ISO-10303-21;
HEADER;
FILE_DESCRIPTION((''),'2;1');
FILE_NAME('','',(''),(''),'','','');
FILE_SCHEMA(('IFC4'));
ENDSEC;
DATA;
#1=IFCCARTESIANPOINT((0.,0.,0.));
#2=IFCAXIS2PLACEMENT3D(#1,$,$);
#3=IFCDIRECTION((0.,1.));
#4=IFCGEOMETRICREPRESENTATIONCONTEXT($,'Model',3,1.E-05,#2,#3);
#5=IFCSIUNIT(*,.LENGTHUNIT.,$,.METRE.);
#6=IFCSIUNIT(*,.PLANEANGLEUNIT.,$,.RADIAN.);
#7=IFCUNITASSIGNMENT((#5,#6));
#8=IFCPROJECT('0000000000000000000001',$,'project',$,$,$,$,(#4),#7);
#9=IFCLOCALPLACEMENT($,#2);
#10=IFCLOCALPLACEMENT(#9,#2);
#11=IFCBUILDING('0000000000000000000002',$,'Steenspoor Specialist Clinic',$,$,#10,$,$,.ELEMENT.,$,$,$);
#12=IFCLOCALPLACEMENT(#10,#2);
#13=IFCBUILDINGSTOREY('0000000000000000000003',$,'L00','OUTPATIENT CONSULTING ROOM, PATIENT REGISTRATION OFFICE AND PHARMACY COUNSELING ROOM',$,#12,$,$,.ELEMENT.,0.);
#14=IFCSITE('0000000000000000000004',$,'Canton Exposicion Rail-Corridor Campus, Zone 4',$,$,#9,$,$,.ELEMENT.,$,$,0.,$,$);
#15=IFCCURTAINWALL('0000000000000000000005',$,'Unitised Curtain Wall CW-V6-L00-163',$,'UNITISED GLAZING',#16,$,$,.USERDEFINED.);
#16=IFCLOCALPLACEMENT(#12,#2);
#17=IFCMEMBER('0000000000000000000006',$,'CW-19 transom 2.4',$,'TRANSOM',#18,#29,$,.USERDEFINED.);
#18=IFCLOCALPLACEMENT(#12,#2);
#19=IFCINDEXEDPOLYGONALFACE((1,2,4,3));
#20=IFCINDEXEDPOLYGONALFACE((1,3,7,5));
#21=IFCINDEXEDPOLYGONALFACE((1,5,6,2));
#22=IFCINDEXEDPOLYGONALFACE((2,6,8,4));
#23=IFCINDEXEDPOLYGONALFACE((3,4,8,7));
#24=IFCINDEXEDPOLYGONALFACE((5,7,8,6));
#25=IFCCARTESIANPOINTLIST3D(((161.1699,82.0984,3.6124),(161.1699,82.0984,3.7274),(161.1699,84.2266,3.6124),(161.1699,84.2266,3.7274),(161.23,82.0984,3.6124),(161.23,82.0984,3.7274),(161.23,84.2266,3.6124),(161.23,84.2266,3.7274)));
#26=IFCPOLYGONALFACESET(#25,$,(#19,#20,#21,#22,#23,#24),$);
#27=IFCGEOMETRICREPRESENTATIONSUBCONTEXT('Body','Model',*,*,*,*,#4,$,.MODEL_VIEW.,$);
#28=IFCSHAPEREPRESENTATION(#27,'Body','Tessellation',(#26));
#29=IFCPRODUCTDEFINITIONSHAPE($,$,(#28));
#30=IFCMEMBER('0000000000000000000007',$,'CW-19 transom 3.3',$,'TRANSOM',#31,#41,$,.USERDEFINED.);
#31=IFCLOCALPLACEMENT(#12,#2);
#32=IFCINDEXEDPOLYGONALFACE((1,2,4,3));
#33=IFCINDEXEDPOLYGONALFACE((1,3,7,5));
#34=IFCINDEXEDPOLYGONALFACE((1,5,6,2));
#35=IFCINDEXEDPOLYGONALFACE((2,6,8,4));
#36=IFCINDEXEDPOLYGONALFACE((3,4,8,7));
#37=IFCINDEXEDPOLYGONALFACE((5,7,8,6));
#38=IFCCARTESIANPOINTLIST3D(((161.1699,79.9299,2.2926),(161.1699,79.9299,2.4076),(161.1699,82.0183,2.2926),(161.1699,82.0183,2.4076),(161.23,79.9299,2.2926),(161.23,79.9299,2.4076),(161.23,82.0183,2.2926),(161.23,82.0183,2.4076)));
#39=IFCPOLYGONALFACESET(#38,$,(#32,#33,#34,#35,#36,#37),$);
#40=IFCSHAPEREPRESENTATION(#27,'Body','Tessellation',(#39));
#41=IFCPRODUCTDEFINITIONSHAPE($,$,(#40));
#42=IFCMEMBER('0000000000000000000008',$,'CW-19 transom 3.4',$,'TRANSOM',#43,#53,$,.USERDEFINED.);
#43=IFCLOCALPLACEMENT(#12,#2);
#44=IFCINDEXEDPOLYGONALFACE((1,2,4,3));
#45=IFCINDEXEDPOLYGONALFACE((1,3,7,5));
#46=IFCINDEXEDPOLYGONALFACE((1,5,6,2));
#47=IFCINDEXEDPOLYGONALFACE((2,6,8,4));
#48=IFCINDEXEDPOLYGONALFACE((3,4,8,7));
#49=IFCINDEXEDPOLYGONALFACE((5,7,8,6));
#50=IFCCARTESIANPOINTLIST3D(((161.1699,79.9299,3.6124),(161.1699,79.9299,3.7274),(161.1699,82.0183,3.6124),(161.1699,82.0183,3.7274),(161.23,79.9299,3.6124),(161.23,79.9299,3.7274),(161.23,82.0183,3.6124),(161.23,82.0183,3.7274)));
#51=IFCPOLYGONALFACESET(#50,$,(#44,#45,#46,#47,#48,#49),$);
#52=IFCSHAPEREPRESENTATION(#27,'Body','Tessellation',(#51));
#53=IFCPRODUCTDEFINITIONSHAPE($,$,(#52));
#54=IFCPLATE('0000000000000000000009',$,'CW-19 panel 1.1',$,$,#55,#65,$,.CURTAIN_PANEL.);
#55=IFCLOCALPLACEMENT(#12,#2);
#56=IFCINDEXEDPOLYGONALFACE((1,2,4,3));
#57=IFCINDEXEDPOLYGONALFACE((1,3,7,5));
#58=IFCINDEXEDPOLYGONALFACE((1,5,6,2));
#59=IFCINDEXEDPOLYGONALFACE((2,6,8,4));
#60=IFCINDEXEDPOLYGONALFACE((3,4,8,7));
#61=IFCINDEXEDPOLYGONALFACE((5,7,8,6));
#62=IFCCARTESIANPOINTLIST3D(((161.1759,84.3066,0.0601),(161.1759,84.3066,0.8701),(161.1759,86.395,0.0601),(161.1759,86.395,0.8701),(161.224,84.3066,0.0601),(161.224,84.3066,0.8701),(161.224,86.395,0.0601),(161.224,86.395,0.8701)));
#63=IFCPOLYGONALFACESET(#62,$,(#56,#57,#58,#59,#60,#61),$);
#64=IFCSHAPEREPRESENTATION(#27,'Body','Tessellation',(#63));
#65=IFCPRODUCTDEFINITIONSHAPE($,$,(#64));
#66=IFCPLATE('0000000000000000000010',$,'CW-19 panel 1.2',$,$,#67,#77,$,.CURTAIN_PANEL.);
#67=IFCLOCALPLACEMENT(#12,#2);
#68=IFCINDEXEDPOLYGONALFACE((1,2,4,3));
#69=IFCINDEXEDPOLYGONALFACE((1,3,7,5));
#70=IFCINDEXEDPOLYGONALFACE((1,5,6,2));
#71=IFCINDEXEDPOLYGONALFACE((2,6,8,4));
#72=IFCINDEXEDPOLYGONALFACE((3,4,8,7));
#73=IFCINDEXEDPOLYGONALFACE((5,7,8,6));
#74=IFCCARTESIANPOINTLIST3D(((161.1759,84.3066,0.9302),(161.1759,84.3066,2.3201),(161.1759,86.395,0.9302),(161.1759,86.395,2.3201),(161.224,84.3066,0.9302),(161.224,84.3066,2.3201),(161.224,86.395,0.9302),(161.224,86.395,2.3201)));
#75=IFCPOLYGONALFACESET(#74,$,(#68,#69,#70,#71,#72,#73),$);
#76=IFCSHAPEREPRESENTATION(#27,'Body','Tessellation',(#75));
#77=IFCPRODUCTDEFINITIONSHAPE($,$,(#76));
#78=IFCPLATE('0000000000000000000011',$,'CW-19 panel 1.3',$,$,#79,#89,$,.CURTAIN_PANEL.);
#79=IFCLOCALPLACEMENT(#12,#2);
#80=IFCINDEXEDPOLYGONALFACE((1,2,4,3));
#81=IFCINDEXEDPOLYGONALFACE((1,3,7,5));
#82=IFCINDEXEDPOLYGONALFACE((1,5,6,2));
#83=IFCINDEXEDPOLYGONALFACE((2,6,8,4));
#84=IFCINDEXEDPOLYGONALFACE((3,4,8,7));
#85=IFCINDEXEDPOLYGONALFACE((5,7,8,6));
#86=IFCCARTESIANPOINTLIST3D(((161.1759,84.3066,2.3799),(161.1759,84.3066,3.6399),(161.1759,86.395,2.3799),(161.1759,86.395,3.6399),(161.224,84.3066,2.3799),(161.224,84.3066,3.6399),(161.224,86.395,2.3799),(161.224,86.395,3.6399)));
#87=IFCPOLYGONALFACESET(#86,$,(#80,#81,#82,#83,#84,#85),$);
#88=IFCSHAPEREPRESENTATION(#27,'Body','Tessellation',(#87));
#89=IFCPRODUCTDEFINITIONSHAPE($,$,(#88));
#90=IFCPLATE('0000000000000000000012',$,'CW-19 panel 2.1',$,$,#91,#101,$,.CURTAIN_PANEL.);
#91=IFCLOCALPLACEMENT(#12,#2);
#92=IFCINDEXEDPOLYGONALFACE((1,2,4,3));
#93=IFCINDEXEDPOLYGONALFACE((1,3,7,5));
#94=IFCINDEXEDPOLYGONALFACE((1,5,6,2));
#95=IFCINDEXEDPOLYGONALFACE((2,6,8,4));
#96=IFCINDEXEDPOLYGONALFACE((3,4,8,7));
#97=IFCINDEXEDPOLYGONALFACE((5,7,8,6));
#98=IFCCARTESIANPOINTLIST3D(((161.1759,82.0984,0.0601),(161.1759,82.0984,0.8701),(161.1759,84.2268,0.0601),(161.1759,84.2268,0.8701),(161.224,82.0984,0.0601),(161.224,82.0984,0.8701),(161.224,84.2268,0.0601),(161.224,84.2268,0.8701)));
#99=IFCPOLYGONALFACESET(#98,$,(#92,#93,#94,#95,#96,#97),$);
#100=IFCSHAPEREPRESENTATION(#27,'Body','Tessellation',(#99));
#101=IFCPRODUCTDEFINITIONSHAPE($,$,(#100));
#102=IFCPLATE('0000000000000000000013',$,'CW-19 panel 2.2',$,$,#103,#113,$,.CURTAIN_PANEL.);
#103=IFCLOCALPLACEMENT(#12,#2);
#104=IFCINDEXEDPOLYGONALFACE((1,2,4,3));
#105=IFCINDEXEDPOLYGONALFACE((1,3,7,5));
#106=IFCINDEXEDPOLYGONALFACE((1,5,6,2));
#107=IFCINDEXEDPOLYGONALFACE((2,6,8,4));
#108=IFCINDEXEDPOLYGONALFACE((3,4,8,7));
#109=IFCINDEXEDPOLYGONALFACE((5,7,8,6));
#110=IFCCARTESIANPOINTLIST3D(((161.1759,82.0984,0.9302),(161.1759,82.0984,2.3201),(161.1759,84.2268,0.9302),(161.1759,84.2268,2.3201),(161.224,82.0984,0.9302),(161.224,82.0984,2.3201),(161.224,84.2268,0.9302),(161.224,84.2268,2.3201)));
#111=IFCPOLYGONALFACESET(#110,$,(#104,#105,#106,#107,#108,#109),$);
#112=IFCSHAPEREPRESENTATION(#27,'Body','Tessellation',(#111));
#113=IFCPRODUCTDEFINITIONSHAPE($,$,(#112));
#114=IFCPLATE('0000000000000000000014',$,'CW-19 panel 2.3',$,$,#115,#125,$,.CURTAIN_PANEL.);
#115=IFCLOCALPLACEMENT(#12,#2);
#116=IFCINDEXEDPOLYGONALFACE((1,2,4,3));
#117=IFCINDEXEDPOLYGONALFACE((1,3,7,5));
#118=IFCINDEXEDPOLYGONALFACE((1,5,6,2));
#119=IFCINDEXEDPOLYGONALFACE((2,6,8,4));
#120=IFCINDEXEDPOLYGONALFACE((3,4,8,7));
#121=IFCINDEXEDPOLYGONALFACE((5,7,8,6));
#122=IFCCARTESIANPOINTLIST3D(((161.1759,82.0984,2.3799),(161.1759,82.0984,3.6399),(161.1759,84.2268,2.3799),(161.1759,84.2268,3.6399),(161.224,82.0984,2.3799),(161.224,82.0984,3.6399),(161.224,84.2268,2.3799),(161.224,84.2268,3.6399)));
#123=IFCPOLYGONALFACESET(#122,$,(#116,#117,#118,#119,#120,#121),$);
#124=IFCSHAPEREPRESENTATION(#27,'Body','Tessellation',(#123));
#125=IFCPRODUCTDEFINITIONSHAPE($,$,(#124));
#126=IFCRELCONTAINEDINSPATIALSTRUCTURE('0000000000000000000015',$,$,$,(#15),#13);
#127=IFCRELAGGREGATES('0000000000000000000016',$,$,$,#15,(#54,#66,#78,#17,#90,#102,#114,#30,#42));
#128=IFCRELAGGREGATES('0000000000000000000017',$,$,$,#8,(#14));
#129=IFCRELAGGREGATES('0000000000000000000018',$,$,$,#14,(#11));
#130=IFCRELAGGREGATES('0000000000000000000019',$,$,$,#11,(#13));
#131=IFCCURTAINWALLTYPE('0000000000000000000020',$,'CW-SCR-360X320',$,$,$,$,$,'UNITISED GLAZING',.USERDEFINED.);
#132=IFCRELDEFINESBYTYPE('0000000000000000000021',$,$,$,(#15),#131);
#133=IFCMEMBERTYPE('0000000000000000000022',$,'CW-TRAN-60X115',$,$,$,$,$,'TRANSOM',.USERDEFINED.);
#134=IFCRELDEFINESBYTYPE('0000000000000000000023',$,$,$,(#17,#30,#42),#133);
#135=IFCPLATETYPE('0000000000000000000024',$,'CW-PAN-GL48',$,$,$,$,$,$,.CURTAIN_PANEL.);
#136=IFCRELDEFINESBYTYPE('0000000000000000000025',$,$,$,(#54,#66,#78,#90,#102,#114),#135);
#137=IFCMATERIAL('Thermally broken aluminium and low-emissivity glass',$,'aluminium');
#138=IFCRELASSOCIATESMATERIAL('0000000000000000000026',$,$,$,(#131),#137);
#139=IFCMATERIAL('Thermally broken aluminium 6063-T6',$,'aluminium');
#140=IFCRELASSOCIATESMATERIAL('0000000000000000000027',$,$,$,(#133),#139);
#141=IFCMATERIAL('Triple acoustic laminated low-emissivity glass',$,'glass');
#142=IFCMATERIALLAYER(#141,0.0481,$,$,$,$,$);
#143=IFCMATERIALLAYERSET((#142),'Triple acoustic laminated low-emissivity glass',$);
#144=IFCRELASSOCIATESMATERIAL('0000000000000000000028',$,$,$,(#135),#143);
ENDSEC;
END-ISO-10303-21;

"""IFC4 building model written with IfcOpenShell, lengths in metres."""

from ifc_helpers import new_model, si_unit, direction, frame, origin, origin_2d, place, context, subcontext, project, spatial, rectangle, extrude, material, layer, layer_set, material_profile, profile_set, type_object, element, aggregate, save


model = new_model("IFC4")

# Units and contexts
model_context = context("Model", 3, precision=1e-05, world=origin(), true_north=direction((0.0, 1.0)))
body_context = subcontext(model_context, "Body", "Model", "MODEL_VIEW")
ifc_project = project(units=[si_unit("LENGTHUNIT", "METRE"), si_unit("PLANEANGLEUNIT", "RADIAN")], contexts=[model_context])

# Site, building, storey
site_placement = place(None, origin())
site = spatial("IfcSite", under=ifc_project, at=site_placement, Name="Canton Exposicion Rail-Corridor Campus, Zone 4", CompositionType="ELEMENT", RefElevation=0.0)
building_placement = place(site_placement, origin())
building = spatial("IfcBuilding", under=site, at=building_placement, Name="Steenspoor Specialist Clinic", CompositionType="ELEMENT")
storey_placement = place(building_placement, origin())
storey = spatial("IfcBuildingStorey", under=building, at=storey_placement, Name="L00", Description="OUTPATIENT CONSULTING ROOM, PATIENT REGISTRATION OFFICE AND PHARMACY COUNSELING ROOM", CompositionType="ELEMENT", Elevation=0.0)

# Curtain wall, members, plates
ifc_material_1 = material(Name="Thermally broken aluminium and low-emissivity glass", Category="aluminium")
curtain_wall_type = type_object("IfcCurtainWallType", Name="CW-SCR-360X320", ElementType="UNITISED GLAZING", PredefinedType="USERDEFINED", material=ifc_material_1)
curtain_wall_placement = place(storey_placement, origin())
curtain_wall = element("IfcCurtainWall", 1, at=curtain_wall_placement, inside=storey, type_object=curtain_wall_type, Name="Unitised Curtain Wall CW-V6-L00-163", ObjectType="UNITISED GLAZING", PredefinedType="USERDEFINED")
ifc_material_2 = material(Name="Thermally broken aluminium 6063-T6", Category="aluminium")
ifc_material_profile_1 = material_profile(ifc_material_2, rectangle(XDim=0.0601, YDim=0.115, at=origin_2d()), Name="CWT-60X115")
ifc_profile_set_1 = profile_set([ifc_material_profile_1], Name="Thermally broken aluminium 6063-T6")
member_type_1 = type_object("IfcMemberType", Name="CW-TRAN-60X115", ElementType="TRANSOM", PredefinedType="USERDEFINED", material=ifc_profile_set_1)
member_1_placement = place(storey_placement, frame((161.2, 84.2266, 3.6699), z_axis=(0.0, -1.0, 0.0), x_axis=(1.0, 0.0, 0.0)))
member_1 = element("IfcMember", 2, at=member_1_placement, type_object=member_type_1, Name="CW-19 transom 2.4", ObjectType="TRANSOM", PredefinedType="USERDEFINED", context=body_context, shape_type="SweptSolid", body=[
    extrude(rectangle(XDim=0.0601, YDim=0.115, at=origin_2d()), origin(), (0.0, 0.0, 1.0), 2.1282),
])
member_2_placement = place(storey_placement, frame((161.2, 82.0183, 2.3501), z_axis=(0.0, -1.0, 0.0), x_axis=(1.0, 0.0, 0.0)))
member_2 = element("IfcMember", 3, at=member_2_placement, type_object=member_type_1, Name="CW-19 transom 3.3", ObjectType="TRANSOM", PredefinedType="USERDEFINED", context=body_context, shape_type="SweptSolid", body=[
    extrude(rectangle(XDim=0.0601, YDim=0.115, at=origin_2d()), origin(), (0.0, 0.0, 1.0), 2.0884),
])
member_3_placement = place(storey_placement, frame((161.2, 82.0183, 3.6699), z_axis=(0.0, -1.0, 0.0), x_axis=(1.0, 0.0, 0.0)))
member_3 = element("IfcMember", 4, at=member_3_placement, type_object=member_type_1, Name="CW-19 transom 3.4", ObjectType="TRANSOM", PredefinedType="USERDEFINED", context=body_context, shape_type="SweptSolid", body=[
    extrude(rectangle(XDim=0.0601, YDim=0.115, at=origin_2d()), origin(), (0.0, 0.0, 1.0), 2.0884),
])
ifc_material_3 = material(Name="Triple acoustic laminated low-emissivity glass", Category="glass")
ifc_layer = layer(ifc_material_3, 0.0481)
ifc_layer_set = layer_set([ifc_layer], Name="Triple acoustic laminated low-emissivity glass")
plate_type = type_object("IfcPlateType", Name="CW-PAN-GL48", PredefinedType="CURTAIN_PANEL", material=ifc_layer_set)
plate_1_placement = place(storey_placement, frame((161.2, 85.3508, 0.0601), z_axis=(0.0, 0.0, 1.0), x_axis=(0.0, -1.0, 0.0)))
plate_1 = element("IfcPlate", 5, at=plate_1_placement, type_object=plate_type, Name="CW-19 panel 1.1", PredefinedType="CURTAIN_PANEL", context=body_context, shape_type="SweptSolid", body=[
    extrude(rectangle(XDim=2.0884, YDim=0.0481, at=origin_2d()), origin(), (0.0, 0.0, 1.0), 0.8101),
])
plate_2_placement = place(storey_placement, frame((161.2, 85.3508, 0.9302), z_axis=(0.0, 0.0, 1.0), x_axis=(0.0, -1.0, 0.0)))
plate_2 = element("IfcPlate", 6, at=plate_2_placement, type_object=plate_type, Name="CW-19 panel 1.2", PredefinedType="CURTAIN_PANEL", context=body_context, shape_type="SweptSolid", body=[
    extrude(rectangle(XDim=2.0884, YDim=0.0481, at=origin_2d()), origin(), (0.0, 0.0, 1.0), 1.3899),
])
plate_3_placement = place(storey_placement, frame((161.2, 85.3508, 2.3799), z_axis=(0.0, 0.0, 1.0), x_axis=(0.0, -1.0, 0.0)))
plate_3 = element("IfcPlate", 7, at=plate_3_placement, type_object=plate_type, Name="CW-19 panel 1.3", PredefinedType="CURTAIN_PANEL", context=body_context, shape_type="SweptSolid", body=[
    extrude(rectangle(XDim=2.0884, YDim=0.0481, at=origin_2d()), origin(), (0.0, 0.0, 1.0), 1.26),
])
plate_4_placement = place(storey_placement, frame((161.2, 83.1626, 0.0601), z_axis=(0.0, 0.0, 1.0), x_axis=(0.0, -1.0, 0.0)))
plate_4 = element("IfcPlate", 8, at=plate_4_placement, type_object=plate_type, Name="CW-19 panel 2.1", PredefinedType="CURTAIN_PANEL", context=body_context, shape_type="SweptSolid", body=[
    extrude(rectangle(XDim=2.1284, YDim=0.0481, at=origin_2d()), origin(), (0.0, 0.0, 1.0), 0.8101),
])
plate_5_placement = place(storey_placement, frame((161.2, 83.1626, 0.9302), z_axis=(0.0, 0.0, 1.0), x_axis=(0.0, -1.0, 0.0)))
plate_5 = element("IfcPlate", 9, at=plate_5_placement, type_object=plate_type, Name="CW-19 panel 2.2", PredefinedType="CURTAIN_PANEL", context=body_context, shape_type="SweptSolid", body=[
    extrude(rectangle(XDim=2.1284, YDim=0.0481, at=origin_2d()), origin(), (0.0, 0.0, 1.0), 1.3899),
])
plate_6_placement = place(storey_placement, frame((161.2, 83.1626, 2.3799), z_axis=(0.0, 0.0, 1.0), x_axis=(0.0, -1.0, 0.0)))
plate_6 = element("IfcPlate", 10, at=plate_6_placement, type_object=plate_type, Name="CW-19 panel 2.3", PredefinedType="CURTAIN_PANEL", context=body_context, shape_type="SweptSolid", body=[
    extrude(rectangle(XDim=2.1284, YDim=0.0481, at=origin_2d()), origin(), (0.0, 0.0, 1.0), 1.26),
])
aggregate(curtain_wall, [plate_1, plate_2, plate_3, member_1, plate_4, plate_5, plate_6, member_2, member_3])

save(model, "model.ifc")
